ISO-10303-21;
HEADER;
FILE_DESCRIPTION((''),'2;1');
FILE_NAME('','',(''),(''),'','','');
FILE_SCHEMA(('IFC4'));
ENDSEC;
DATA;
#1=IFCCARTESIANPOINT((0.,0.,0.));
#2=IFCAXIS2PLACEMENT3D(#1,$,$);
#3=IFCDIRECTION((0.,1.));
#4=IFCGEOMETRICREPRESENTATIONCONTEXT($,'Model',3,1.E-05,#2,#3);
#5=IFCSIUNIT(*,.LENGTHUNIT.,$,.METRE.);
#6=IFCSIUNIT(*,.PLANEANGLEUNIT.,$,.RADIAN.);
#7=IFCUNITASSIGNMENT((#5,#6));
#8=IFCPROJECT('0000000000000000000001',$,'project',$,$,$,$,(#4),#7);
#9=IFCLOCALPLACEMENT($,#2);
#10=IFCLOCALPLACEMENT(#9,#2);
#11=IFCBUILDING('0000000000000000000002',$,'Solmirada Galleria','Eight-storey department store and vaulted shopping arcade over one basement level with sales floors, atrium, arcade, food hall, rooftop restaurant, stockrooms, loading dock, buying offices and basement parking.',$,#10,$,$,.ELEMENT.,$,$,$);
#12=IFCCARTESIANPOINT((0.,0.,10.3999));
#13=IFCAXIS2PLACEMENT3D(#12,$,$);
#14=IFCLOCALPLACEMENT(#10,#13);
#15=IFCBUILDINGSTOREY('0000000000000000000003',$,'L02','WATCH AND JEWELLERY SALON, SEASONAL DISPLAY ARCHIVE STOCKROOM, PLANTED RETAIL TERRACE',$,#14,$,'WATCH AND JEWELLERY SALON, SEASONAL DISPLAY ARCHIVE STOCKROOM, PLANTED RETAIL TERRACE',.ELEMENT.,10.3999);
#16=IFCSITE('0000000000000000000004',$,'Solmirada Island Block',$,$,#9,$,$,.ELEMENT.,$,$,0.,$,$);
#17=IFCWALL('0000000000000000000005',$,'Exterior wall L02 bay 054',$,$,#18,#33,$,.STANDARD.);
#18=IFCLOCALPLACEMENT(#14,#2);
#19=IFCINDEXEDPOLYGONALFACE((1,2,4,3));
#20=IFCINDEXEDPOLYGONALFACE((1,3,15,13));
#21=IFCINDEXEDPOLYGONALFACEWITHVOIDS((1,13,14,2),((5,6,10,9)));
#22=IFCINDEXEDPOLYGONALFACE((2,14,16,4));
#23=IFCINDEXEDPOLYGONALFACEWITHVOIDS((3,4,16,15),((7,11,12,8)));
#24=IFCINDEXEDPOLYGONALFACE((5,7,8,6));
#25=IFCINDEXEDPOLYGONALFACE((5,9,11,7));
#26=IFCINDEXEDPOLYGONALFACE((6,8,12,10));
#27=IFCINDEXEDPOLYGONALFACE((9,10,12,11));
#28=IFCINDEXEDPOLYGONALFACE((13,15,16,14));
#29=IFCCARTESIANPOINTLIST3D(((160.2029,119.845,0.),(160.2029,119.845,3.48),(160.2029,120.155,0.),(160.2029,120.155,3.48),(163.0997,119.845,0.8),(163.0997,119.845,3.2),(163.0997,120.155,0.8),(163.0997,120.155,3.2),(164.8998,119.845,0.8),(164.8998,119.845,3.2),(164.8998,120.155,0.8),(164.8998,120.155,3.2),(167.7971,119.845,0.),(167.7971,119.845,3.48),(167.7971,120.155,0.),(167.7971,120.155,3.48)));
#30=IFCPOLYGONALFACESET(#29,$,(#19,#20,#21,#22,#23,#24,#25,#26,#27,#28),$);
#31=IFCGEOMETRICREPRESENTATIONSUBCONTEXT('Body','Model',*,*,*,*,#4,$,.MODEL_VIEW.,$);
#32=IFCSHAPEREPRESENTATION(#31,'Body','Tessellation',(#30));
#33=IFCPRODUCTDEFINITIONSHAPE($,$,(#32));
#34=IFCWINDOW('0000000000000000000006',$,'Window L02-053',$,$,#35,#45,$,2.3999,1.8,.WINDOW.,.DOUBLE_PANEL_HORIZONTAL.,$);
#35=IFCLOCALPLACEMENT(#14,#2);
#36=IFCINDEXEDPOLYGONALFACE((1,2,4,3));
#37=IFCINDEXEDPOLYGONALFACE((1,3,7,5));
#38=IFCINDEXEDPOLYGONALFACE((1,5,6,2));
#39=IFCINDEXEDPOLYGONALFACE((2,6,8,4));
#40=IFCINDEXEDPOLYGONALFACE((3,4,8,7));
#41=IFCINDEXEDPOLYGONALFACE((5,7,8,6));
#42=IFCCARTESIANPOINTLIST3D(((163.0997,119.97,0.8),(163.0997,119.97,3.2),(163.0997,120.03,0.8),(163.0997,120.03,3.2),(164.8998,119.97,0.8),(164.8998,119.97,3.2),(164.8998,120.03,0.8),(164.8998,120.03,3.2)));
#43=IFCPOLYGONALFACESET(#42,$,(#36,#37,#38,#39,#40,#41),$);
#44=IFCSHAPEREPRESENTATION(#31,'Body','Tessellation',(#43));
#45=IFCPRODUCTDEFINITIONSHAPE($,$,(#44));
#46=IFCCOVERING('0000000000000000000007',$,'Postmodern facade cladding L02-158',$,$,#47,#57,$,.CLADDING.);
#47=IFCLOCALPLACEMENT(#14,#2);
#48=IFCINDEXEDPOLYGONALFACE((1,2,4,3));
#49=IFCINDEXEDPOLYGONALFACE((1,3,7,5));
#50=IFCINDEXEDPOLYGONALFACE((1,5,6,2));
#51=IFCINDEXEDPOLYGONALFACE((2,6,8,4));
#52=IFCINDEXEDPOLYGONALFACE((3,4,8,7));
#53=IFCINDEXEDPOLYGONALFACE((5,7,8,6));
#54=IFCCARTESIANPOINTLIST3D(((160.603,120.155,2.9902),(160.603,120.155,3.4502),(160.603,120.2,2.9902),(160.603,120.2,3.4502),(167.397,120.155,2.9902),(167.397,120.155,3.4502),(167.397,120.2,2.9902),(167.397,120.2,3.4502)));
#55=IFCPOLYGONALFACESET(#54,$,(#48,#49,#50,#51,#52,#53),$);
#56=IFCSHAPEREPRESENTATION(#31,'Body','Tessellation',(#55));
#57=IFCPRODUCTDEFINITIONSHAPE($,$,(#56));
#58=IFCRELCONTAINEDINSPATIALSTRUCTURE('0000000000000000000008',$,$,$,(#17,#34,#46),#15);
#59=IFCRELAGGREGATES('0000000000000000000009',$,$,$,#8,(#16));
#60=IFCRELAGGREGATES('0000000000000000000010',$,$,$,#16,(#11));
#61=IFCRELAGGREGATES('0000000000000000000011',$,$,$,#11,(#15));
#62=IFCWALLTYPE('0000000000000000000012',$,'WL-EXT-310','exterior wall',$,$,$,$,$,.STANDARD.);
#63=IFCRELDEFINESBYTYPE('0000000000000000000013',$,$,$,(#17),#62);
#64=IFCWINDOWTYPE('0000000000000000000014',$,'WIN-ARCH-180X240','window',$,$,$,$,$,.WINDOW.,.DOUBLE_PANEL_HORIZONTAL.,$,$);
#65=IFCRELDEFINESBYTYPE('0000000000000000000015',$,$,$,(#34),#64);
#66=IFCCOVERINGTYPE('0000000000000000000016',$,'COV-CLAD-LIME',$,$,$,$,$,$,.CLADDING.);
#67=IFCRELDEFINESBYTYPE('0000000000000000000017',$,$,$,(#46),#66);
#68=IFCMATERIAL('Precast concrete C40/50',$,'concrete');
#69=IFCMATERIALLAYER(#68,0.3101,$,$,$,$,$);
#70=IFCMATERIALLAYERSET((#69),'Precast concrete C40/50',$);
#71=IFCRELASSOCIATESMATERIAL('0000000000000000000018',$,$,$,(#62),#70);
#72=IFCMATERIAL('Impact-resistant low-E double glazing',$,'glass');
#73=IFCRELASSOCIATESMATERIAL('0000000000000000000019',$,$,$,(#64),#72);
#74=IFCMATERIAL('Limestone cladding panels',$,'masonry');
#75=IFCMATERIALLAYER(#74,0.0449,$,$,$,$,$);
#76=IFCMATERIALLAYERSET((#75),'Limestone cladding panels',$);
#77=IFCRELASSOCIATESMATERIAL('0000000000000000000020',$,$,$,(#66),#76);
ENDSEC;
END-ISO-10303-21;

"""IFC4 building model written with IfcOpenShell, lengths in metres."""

from ifc_helpers import new_model, si_unit, direction, frame, frame_2d, origin, origin_2d, place, context, subcontext, project, spatial, rectangle, extrude, material, layer, layer_set, type_object, element, fill, save


model = new_model("IFC4")

# Units and contexts
model_context = context("Model", 3, precision=1e-05, world=origin(), true_north=direction((0.0, 1.0)))
body_context = subcontext(model_context, "Body", "Model", "MODEL_VIEW")
ifc_project = project(units=[si_unit("LENGTHUNIT", "METRE"), si_unit("PLANEANGLEUNIT", "RADIAN")], contexts=[model_context])

# Site, building, storey
site_placement = place(None, origin())
site = spatial("IfcSite", under=ifc_project, at=site_placement, Name="Solmirada Island Block", CompositionType="ELEMENT", RefElevation=0.0)
building_placement = place(site_placement, origin())
building = spatial("IfcBuilding", under=site, at=building_placement, Name="Solmirada Galleria", Description="Eight-storey department store and vaulted shopping arcade over one basement level with sales floors, atrium, arcade, food hall, rooftop restaurant, stockrooms, loading dock, buying offices and basement parking.", CompositionType="ELEMENT")
storey_placement = place(building_placement, frame((0.0, 0.0, 10.3999)))
storey = spatial("IfcBuildingStorey", under=building, at=storey_placement, Name="L02", Description="WATCH AND JEWELLERY SALON, SEASONAL DISPLAY ARCHIVE STOCKROOM, PLANTED RETAIL TERRACE", LongName="WATCH AND JEWELLERY SALON, SEASONAL DISPLAY ARCHIVE STOCKROOM, PLANTED RETAIL TERRACE", CompositionType="ELEMENT", Elevation=10.3999)

# Shared definitions
ifc_material_1 = material(Name="Impact-resistant low-E double glazing", Category="glass")

# Wall, opening, window
ifc_material_2 = material(Name="Precast concrete C40/50", Category="concrete")
ifc_layer_1 = layer(ifc_material_2, 0.3101)
ifc_layer_set_1 = layer_set([ifc_layer_1], Name="Precast concrete C40/50")
wall_type = type_object("IfcWallType", Name="WL-EXT-310", Description="exterior wall", PredefinedType="STANDARD", material=ifc_layer_set_1)
wall_placement = place(storey_placement, frame((160.2029, 120.0, 0.0), z_axis=(0.0, 0.0, 1.0), x_axis=(1.0, 0.0, 0.0)))
wall = element("IfcWall", 1, at=wall_placement, inside=storey, type_object=wall_type, Name="Exterior wall L02 bay 054", PredefinedType="STANDARD", context=body_context, shape_type="SweptSolid", body=[
    extrude(rectangle(XDim=7.5942, YDim=0.3101, at=frame_2d((3.7971, 0.0))), origin(), (0.0, 0.0, 1.0), 3.48),
])
opening_placement = place(wall_placement, frame((2.897, 0.0, 0.8)))
opening = element("IfcOpeningElement", 2, at=opening_placement, cuts=wall, PredefinedType="OPENING", context=body_context, shape_type="SweptSolid", body=[
    extrude(rectangle(XDim=1.8, YDim=2.3999, at=frame_2d((0.8999, 1.2))), frame((0.0, 0.165, 0.0), z_axis=(0.0, -1.0, 0.0), x_axis=(1.0, 0.0, 0.0)), (0.0, 0.0, 1.0), 0.3301),
])
window_type = type_object("IfcWindowType", Name="WIN-ARCH-180X240", Description="window", PartitioningType="DOUBLE_PANEL_HORIZONTAL", PredefinedType="WINDOW", material=ifc_material_1)
window_placement = place(opening_placement, origin())
window = element("IfcWindow", 3, at=window_placement, inside=storey, type_object=window_type, Name="Window L02-053", OverallHeight=2.3999, OverallWidth=1.8, PartitioningType="DOUBLE_PANEL_HORIZONTAL", PredefinedType="WINDOW", context=body_context, shape_type="SweptSolid", body=[
    extrude(rectangle(XDim=1.8, YDim=2.3999, at=frame_2d((0.8999, 1.2))), frame((0.0, 0.03, 0.0), z_axis=(0.0, -1.0, 0.0), x_axis=(1.0, 0.0, 0.0)), (0.0, 0.0, 1.0), 0.0601),
])
fill(opening, window)

# Covering
ifc_material_3 = material(Name="Limestone cladding panels", Category="masonry")
ifc_layer_2 = layer(ifc_material_3, 0.0449)
ifc_layer_set_2 = layer_set([ifc_layer_2], Name="Limestone cladding panels")
covering_type = type_object("IfcCoveringType", Name="COV-CLAD-LIME", PredefinedType="CLADDING", material=ifc_layer_set_2)
covering_placement = place(storey_placement, frame((164.0, 120.1775, 2.9902), z_axis=(0.0, 0.0, 1.0), x_axis=(1.0, 0.0, 0.0)))
element("IfcCovering", 4, at=covering_placement, inside=storey, type_object=covering_type, Name="Postmodern facade cladding L02-158", PredefinedType="CLADDING", context=body_context, shape_type="SweptSolid", body=[
    extrude(rectangle(XDim=6.7939, YDim=0.0449, at=origin_2d()), origin(), (0.0, 0.0, 1.0), 0.46),
])

save(model, "model.ifc")
